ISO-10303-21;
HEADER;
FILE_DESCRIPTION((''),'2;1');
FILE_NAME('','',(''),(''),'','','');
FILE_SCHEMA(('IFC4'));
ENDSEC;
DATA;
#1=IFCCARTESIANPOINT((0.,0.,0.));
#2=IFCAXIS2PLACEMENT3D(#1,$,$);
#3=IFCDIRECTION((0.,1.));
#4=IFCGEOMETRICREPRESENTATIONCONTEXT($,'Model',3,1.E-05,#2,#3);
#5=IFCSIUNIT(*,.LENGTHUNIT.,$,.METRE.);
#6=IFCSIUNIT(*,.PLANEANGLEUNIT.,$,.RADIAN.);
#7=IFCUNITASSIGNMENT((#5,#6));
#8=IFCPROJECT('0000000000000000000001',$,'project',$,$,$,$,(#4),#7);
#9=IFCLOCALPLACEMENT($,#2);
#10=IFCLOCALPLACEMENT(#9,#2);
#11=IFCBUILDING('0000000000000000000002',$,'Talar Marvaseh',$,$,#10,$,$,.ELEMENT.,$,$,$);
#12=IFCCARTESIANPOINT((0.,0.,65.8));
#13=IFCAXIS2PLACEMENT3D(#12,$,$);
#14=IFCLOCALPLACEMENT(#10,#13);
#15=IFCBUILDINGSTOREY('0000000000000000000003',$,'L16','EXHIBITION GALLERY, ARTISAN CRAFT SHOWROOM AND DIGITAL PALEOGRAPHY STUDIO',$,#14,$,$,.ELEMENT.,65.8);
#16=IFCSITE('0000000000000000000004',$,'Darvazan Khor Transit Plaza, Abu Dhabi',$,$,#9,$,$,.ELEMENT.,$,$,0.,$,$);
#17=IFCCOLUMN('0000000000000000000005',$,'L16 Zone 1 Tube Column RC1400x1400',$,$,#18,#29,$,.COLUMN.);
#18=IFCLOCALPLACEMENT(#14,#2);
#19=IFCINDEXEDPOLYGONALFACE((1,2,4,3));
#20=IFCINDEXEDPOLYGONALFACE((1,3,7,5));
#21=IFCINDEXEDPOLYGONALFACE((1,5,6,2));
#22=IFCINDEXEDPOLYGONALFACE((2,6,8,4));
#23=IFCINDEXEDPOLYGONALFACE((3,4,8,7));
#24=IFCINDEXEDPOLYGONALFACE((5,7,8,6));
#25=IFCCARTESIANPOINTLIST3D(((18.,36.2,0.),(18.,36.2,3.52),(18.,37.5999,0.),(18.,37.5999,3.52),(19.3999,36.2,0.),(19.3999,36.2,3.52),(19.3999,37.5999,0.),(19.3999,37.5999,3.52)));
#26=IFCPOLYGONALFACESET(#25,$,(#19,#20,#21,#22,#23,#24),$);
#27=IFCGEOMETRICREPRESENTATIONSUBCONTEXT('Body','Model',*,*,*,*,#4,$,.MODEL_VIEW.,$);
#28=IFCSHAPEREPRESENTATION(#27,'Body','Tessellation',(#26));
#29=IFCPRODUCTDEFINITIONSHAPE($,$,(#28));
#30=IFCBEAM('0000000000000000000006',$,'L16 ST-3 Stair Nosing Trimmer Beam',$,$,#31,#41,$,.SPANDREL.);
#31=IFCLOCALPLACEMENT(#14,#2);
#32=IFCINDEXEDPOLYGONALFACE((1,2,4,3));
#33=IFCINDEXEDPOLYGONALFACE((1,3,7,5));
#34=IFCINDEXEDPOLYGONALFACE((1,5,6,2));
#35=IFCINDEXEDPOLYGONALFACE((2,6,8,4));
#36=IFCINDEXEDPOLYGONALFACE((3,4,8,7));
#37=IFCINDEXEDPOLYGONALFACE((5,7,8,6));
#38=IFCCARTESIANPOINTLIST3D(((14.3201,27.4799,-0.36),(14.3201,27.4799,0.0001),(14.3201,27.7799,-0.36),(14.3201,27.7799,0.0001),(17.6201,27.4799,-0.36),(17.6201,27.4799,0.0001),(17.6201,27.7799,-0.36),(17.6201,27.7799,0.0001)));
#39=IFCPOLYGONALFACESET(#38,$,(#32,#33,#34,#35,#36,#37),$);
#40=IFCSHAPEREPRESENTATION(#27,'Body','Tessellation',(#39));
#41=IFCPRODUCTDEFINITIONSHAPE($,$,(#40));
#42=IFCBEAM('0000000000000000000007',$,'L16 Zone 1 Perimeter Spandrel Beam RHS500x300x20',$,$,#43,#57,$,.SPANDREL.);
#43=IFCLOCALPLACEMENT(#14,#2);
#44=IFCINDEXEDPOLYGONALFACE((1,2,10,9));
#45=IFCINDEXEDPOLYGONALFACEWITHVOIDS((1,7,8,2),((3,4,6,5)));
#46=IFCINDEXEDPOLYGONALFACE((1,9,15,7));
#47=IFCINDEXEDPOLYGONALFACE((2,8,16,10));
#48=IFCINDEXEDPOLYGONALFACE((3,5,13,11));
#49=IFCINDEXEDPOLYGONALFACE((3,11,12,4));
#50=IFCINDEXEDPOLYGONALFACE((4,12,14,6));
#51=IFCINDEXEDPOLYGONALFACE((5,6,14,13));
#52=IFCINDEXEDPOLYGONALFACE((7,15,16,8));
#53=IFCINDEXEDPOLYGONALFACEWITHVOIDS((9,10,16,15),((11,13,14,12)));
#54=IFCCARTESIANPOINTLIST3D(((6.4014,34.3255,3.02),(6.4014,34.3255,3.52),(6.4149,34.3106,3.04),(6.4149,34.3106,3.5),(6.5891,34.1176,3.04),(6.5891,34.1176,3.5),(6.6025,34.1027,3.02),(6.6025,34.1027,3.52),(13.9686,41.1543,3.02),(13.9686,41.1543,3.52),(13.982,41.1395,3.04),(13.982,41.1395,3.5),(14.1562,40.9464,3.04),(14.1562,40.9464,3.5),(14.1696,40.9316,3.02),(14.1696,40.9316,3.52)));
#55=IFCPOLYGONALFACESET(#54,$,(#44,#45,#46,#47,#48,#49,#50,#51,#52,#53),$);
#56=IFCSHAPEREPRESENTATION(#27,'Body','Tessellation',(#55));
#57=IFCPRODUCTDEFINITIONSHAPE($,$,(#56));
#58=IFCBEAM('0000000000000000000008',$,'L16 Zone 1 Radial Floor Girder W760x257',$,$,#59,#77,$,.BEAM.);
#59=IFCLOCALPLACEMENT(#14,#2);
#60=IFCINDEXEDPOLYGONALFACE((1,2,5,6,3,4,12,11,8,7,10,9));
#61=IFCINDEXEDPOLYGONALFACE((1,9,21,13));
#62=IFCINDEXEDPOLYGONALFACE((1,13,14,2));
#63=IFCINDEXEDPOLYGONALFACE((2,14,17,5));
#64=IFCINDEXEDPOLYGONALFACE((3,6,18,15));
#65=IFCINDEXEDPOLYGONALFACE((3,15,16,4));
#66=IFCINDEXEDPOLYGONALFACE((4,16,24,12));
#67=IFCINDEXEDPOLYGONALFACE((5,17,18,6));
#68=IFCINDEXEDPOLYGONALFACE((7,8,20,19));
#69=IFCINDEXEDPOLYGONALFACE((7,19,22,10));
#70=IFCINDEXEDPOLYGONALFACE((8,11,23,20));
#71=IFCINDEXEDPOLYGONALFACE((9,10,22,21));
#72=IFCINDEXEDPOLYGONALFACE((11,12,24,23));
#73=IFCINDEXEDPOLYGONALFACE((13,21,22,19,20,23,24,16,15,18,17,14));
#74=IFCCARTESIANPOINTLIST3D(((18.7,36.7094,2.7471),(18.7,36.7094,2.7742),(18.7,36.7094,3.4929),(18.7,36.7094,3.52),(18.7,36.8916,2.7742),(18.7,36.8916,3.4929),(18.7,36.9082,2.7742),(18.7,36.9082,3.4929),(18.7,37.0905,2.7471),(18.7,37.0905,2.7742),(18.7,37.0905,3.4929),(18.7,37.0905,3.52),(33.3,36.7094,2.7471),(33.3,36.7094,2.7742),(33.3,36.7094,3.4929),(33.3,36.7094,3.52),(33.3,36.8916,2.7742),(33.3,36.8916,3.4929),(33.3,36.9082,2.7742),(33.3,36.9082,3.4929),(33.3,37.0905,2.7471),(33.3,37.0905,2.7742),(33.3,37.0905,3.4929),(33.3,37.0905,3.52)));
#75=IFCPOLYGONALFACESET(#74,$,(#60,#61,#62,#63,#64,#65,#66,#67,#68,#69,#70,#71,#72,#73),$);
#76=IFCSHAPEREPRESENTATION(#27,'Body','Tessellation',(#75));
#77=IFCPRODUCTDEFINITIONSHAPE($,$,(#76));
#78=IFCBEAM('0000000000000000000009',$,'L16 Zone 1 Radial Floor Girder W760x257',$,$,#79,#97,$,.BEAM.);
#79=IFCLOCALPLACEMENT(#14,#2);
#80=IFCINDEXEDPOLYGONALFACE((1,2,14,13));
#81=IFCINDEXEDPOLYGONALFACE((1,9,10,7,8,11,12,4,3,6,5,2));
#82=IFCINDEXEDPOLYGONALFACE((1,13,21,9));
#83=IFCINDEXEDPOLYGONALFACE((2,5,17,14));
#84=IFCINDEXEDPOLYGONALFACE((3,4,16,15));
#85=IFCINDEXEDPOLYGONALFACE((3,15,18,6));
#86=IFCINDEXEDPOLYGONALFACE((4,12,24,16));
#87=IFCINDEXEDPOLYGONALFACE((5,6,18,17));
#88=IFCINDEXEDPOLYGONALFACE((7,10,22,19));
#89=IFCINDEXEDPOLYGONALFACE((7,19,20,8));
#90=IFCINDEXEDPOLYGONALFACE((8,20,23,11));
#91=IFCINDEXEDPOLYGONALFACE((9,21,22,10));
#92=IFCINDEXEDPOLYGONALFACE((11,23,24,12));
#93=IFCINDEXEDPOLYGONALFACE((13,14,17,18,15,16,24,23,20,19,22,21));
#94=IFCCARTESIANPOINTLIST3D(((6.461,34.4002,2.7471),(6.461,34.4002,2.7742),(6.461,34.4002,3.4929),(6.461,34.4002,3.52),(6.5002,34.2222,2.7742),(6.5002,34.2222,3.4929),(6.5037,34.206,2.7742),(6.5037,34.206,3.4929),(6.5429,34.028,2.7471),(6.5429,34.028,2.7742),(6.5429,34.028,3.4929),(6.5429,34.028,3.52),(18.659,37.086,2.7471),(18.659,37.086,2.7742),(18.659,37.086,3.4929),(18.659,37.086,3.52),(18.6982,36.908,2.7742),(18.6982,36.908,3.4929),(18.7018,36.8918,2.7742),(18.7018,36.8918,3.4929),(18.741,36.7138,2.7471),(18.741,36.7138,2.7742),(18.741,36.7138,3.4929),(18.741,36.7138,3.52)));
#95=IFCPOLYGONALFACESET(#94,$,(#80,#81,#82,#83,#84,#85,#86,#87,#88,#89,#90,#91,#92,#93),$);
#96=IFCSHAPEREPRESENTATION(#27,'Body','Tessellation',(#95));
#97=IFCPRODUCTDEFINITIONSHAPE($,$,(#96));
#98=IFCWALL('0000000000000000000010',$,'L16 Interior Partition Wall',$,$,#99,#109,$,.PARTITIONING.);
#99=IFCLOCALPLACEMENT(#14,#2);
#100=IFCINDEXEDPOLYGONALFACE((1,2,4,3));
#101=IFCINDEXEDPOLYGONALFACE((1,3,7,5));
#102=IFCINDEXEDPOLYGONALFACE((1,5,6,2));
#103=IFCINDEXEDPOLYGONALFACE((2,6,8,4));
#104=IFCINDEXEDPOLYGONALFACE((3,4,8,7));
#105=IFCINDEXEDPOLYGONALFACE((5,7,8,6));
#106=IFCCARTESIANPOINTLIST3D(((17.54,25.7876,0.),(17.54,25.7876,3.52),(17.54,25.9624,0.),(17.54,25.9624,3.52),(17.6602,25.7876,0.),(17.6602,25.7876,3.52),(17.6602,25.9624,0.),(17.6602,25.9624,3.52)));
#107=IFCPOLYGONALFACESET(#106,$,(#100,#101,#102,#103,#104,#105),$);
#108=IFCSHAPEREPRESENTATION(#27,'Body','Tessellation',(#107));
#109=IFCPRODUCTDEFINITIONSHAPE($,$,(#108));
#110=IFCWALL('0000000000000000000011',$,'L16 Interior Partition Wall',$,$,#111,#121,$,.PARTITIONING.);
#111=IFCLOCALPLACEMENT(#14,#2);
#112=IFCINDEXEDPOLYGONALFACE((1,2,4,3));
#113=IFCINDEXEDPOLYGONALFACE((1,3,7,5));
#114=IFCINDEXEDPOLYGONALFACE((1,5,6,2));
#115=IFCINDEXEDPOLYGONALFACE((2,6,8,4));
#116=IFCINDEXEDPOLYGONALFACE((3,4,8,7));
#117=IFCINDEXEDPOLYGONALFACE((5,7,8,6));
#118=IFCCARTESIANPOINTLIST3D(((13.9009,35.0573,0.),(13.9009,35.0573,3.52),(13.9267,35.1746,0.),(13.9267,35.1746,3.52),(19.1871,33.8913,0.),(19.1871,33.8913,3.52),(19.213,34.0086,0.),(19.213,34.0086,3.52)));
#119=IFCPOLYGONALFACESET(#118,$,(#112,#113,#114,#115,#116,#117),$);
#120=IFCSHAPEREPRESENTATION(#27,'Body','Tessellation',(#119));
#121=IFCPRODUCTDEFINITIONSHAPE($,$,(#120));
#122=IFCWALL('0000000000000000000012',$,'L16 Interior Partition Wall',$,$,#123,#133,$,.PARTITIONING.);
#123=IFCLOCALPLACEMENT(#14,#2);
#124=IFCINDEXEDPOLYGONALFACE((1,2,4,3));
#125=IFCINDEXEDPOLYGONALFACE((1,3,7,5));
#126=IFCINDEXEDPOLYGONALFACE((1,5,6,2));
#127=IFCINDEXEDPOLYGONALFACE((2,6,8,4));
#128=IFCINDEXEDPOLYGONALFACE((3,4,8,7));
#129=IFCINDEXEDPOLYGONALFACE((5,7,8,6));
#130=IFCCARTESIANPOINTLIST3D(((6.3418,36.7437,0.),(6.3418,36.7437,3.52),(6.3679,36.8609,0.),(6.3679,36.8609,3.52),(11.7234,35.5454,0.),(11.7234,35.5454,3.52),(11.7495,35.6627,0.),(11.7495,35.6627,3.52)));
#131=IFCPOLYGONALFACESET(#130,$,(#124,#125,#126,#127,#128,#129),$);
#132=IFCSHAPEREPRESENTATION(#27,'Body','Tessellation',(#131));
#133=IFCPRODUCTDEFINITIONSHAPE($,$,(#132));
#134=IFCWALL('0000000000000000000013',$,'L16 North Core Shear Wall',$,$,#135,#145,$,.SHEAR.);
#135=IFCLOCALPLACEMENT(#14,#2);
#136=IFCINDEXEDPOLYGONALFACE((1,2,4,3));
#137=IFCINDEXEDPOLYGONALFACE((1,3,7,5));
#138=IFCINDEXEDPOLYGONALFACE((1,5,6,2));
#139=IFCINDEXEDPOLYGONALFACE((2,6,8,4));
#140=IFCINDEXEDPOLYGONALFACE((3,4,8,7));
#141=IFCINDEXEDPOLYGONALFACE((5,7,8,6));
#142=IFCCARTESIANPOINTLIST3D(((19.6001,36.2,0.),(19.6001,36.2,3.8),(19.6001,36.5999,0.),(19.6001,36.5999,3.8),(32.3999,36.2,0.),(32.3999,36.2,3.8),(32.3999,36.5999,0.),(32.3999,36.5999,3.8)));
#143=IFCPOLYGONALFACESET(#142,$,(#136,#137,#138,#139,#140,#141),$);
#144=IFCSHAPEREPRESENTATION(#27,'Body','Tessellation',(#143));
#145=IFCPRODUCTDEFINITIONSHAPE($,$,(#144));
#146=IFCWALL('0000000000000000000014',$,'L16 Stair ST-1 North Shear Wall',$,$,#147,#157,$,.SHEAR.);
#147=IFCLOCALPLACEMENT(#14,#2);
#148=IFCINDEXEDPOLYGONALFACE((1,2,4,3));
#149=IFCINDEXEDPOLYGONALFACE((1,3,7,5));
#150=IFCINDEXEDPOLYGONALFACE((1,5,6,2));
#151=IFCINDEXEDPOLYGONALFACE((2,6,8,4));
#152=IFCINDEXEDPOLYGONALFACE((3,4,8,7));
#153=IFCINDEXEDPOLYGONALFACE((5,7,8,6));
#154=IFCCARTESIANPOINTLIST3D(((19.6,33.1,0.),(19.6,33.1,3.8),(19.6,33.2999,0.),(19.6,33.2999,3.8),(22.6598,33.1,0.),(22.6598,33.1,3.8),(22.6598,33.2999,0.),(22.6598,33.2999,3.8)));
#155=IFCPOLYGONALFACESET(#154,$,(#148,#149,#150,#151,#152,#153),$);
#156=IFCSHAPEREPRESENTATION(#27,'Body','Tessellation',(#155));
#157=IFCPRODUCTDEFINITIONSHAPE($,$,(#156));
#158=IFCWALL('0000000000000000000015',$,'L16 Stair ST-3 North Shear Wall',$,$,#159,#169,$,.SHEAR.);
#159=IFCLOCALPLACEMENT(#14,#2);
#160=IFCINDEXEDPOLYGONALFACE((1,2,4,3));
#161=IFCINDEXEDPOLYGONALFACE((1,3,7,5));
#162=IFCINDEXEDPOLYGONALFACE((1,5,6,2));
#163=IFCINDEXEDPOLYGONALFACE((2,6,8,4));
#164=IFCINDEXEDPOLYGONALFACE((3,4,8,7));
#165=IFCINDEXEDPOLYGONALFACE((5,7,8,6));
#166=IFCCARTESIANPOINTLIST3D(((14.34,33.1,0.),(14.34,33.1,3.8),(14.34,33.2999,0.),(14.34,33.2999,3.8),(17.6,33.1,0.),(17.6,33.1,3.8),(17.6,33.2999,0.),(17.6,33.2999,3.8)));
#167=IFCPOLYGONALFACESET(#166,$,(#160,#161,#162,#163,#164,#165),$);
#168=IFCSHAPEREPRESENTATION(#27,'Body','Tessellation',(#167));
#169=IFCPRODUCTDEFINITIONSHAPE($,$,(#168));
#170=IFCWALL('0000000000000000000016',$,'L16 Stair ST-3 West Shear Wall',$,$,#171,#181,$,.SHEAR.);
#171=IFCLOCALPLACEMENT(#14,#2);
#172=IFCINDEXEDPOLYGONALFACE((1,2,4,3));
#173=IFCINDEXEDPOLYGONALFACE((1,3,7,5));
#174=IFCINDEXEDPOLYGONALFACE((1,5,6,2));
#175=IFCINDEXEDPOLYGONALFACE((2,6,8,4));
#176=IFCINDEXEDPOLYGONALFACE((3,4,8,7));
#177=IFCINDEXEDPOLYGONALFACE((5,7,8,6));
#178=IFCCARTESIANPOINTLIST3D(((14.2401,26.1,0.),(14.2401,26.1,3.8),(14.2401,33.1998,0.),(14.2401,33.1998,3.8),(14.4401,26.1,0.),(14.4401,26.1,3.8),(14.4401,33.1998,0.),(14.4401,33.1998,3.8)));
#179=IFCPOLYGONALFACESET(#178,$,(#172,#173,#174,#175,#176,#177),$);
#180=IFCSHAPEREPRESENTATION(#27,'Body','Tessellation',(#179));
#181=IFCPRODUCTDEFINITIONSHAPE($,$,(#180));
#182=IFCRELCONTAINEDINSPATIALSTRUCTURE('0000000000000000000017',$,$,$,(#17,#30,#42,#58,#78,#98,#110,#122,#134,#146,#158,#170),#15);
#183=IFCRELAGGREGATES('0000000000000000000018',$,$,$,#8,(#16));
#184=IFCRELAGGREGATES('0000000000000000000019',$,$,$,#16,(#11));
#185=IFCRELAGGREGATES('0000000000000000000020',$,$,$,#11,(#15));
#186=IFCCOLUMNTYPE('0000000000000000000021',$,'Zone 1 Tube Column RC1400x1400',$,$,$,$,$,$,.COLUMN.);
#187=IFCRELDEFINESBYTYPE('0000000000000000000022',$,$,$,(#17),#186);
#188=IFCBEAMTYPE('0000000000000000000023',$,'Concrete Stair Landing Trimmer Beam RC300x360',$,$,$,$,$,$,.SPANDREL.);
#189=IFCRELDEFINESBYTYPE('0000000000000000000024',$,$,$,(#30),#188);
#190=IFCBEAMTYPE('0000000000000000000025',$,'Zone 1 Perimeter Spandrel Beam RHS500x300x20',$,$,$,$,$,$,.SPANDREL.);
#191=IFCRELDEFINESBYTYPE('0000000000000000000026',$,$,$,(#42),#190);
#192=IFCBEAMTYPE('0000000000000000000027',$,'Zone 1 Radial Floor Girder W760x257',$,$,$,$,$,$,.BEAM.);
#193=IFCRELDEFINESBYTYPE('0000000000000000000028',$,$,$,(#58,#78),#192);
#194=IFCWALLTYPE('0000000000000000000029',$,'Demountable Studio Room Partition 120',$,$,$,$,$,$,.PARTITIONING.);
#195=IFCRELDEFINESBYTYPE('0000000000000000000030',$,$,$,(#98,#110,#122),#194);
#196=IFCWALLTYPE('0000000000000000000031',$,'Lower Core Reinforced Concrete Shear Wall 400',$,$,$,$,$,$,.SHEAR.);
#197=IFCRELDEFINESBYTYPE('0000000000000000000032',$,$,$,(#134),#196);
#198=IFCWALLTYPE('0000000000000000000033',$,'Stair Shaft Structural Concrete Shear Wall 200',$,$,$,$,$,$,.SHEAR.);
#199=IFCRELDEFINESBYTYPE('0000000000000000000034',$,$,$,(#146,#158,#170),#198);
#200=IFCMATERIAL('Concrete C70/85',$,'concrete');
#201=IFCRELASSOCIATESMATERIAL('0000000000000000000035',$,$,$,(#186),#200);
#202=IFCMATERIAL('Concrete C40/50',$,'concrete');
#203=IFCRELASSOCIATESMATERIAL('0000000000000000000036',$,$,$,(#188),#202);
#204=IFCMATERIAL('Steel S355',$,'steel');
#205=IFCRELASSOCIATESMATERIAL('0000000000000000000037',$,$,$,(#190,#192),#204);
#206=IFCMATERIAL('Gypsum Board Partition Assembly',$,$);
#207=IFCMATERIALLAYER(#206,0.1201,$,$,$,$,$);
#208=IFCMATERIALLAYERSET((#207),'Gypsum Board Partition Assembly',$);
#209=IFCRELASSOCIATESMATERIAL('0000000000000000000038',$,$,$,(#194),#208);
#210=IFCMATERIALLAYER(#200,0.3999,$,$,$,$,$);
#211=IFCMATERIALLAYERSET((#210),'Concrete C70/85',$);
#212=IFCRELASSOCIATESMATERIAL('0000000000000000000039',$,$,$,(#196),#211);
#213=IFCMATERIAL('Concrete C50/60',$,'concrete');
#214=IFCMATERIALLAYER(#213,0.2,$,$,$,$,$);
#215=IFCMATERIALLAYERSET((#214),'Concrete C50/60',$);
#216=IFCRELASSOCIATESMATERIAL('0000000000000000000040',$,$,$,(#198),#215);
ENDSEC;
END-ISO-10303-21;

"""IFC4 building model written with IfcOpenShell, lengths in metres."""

from ifc_helpers import new_model, si_unit, direction, frame, frame_2d, origin, origin_2d, place, context, subcontext, project, spatial, rectangle, hollow_rectangle, i_section, extrude, material, layer, layer_set, material_profile, profile_set, type_object, element, save


model = new_model("IFC4")

# Units and contexts
model_context = context("Model", 3, precision=1e-05, world=origin(), true_north=direction((0.0, 1.0)))
body_context = subcontext(model_context, "Body", "Model", "MODEL_VIEW")
ifc_project = project(units=[si_unit("LENGTHUNIT", "METRE"), si_unit("PLANEANGLEUNIT", "RADIAN")], contexts=[model_context])

# Site, building, storey
site_placement = place(None, origin())
site = spatial("IfcSite", under=ifc_project, at=site_placement, Name="Darvazan Khor Transit Plaza, Abu Dhabi", CompositionType="ELEMENT", RefElevation=0.0)
building_placement = place(site_placement, origin())
building = spatial("IfcBuilding", under=site, at=building_placement, Name="Talar Marvaseh", CompositionType="ELEMENT")
storey_placement = place(building_placement, frame((0.0, 0.0, 65.8)))
storey = spatial("IfcBuildingStorey", under=building, at=storey_placement, Name="L16", Description="EXHIBITION GALLERY, ARTISAN CRAFT SHOWROOM AND DIGITAL PALEOGRAPHY STUDIO", CompositionType="ELEMENT", Elevation=65.8)

# Column
ifc_material_1 = material(Name="Concrete C70/85", Category="concrete")
ifc_material_profile_1 = material_profile(ifc_material_1, rectangle(XDim=1.3999, YDim=1.3999, at=origin_2d()), Name="RC1400x1400")
ifc_profile_set_1 = profile_set([ifc_material_profile_1], Name="Concrete C70/85")
column_type = type_object("IfcColumnType", Name="Zone 1 Tube Column RC1400x1400", PredefinedType="COLUMN", material=ifc_profile_set_1)
column_placement = place(storey_placement, frame((18.7, 36.8999, 0.0), z_axis=(0.0, 0.0, 1.0), x_axis=(1.0, 0.0, 0.0)))
element("IfcColumn", 1, at=column_placement, inside=storey, type_object=column_type, Name="L16 Zone 1 Tube Column RC1400x1400", PredefinedType="COLUMN", context=body_context, shape_type="SweptSolid", body=[
    extrude(rectangle(XDim=1.3999, YDim=1.3999, at=origin_2d()), origin(), (0.0, 0.0, 1.0), 3.52),
])

# Beams
ifc_material_2 = material(Name="Concrete C40/50", Category="concrete")
ifc_material_profile_2 = material_profile(ifc_material_2, rectangle(XDim=0.3, YDim=0.3601, at=origin_2d()), Name="RC300x360")
ifc_profile_set_2 = profile_set([ifc_material_profile_2], Name="Concrete C40/50")
beam_type_1 = type_object("IfcBeamType", Name="Concrete Stair Landing Trimmer Beam RC300x360", PredefinedType="SPANDREL", material=ifc_profile_set_2)
beam_1_placement = place(storey_placement, frame((17.6201, 27.6299, -0.1799), z_axis=(-1.0, 0.0, 0.0), x_axis=(0.0, -1.0, 0.0)))
element("IfcBeam", 2, at=beam_1_placement, inside=storey, type_object=beam_type_1, Name="L16 ST-3 Stair Nosing Trimmer Beam", PredefinedType="SPANDREL", context=body_context, shape_type="SweptSolid", body=[
    extrude(rectangle(XDim=0.3, YDim=0.3601, at=origin_2d()), origin(), (0.0, 0.0, 1.0), 3.3),
])
ifc_material_3 = material(Name="Steel S355", Category="steel")
ifc_material_profile_3 = material_profile(ifc_material_3, hollow_rectangle(XDim=0.3, YDim=0.5, WallThickness=0.02, at=origin_2d()), Name="RHS500x300x20")
ifc_profile_set_3 = profile_set([ifc_material_profile_3], Name="Steel S355")
beam_type_2 = type_object("IfcBeamType", Name="Zone 1 Perimeter Spandrel Beam RHS500x300x20", PredefinedType="SPANDREL", material=ifc_profile_set_3)
beam_2_placement = place(storey_placement, frame((6.502, 34.2141, 3.27), z_axis=(0.742394, 0.669963, 0.0), x_axis=(-0.669963, 0.742394, 0.0)))
element("IfcBeam", 3, at=beam_2_placement, inside=storey, type_object=beam_type_2, Name="L16 Zone 1 Perimeter Spandrel Beam RHS500x300x20", PredefinedType="SPANDREL", context=body_context, shape_type="SweptSolid", body=[
    extrude(hollow_rectangle(XDim=0.3, YDim=0.5, WallThickness=0.02, at=origin_2d()), origin(), (0.0, 0.0, 1.0), 10.1929),
])
ifc_material_profile_4 = material_profile(ifc_material_3, i_section(OverallWidth=0.3811, OverallDepth=0.7729, WebThickness=0.0166, FlangeThickness=0.0271, at=origin_2d()), Name="W760x257")
ifc_profile_set_4 = profile_set([ifc_material_profile_4], Name="Steel S355")
beam_type_3 = type_object("IfcBeamType", Name="Zone 1 Radial Floor Girder W760x257", PredefinedType="BEAM", material=ifc_profile_set_4)
beam_3_placement = place(storey_placement, frame((18.7, 36.8999, 3.1335), z_axis=(1.0, 0.0, 0.0), x_axis=(0.0, 1.0, 0.0)))
element("IfcBeam", 4, at=beam_3_placement, inside=storey, type_object=beam_type_3, Name="L16 Zone 1 Radial Floor Girder W760x257", PredefinedType="BEAM", context=body_context, shape_type="SweptSolid", body=[
    extrude(i_section(OverallWidth=0.3811, OverallDepth=0.7729, WebThickness=0.0166, FlangeThickness=0.0271, at=origin_2d()), origin(), (0.0, 0.0, 1.0), 14.6001),
])
beam_4_placement = place(storey_placement, frame((6.502, 34.2141, 3.1335), z_axis=(0.976607, 0.215032, 0.0), x_axis=(-0.215032, 0.976607, 0.0)))
element("IfcBeam", 5, at=beam_4_placement, inside=storey, type_object=beam_type_3, Name="L16 Zone 1 Radial Floor Girder W760x257", PredefinedType="BEAM", context=body_context, shape_type="SweptSolid", body=[
    extrude(i_section(OverallWidth=0.3811, OverallDepth=0.7729, WebThickness=0.0166, FlangeThickness=0.0271, at=origin_2d()), origin(), (0.0, 0.0, 1.0), 12.4902),
])

# Walls
ifc_material_4 = material(Name="Gypsum Board Partition Assembly")
ifc_layer_1 = layer(ifc_material_4, 0.1201)
ifc_layer_set_1 = layer_set([ifc_layer_1], Name="Gypsum Board Partition Assembly")
wall_type_1 = type_object("IfcWallType", Name="Demountable Studio Room Partition 120", PredefinedType="PARTITIONING", material=ifc_layer_set_1)
wall_1_placement = place(storey_placement, frame((17.6001, 25.9624, 0.0), z_axis=(0.0, 0.0, 1.0), x_axis=(0.0, -1.0, 0.0)))
element("IfcWall", 6, at=wall_1_placement, inside=storey, type_object=wall_type_1, Name="L16 Interior Partition Wall", PredefinedType="PARTITIONING", context=body_context, shape_type="SweptSolid", body=[
    extrude(rectangle(XDim=0.1748, YDim=0.1201, at=frame_2d((0.0874, 0.0))), origin(), (0.0, 0.0, 1.0), 3.52),
])
wall_2_placement = place(storey_placement, frame((19.2, 33.95, 0.0), z_axis=(0.0, 0.0, 1.0), x_axis=(-0.976528, 0.215393, 0.0)))
element("IfcWall", 7, at=wall_2_placement, inside=storey, type_object=wall_type_1, Name="L16 Interior Partition Wall", PredefinedType="PARTITIONING", context=body_context, shape_type="SweptSolid", body=[
    extrude(rectangle(XDim=5.4133, YDim=0.1201, at=frame_2d((2.7065, 0.0))), origin(), (0.0, 0.0, 1.0), 3.52),
])
wall_3_placement = place(storey_placement, frame((11.7366, 35.604, 0.0), z_axis=(0.0, 0.0, 1.0), x_axis=(-0.976097, 0.217334, 0.0)))
element("IfcWall", 8, at=wall_3_placement, inside=storey, type_object=wall_type_1, Name="L16 Interior Partition Wall", PredefinedType="PARTITIONING", context=body_context, shape_type="SweptSolid", body=[
    extrude(rectangle(XDim=5.5134, YDim=0.1201, at=frame_2d((2.7568, 0.0))), origin(), (0.0, 0.0, 1.0), 3.52),
])
ifc_layer_2 = layer(ifc_material_1, 0.3999)
ifc_layer_set_2 = layer_set([ifc_layer_2], Name="Concrete C70/85")
wall_type_2 = type_object("IfcWallType", Name="Lower Core Reinforced Concrete Shear Wall 400", PredefinedType="SHEAR", material=ifc_layer_set_2)
wall_4_placement = place(storey_placement, frame((19.6001, 36.3999, 0.0), z_axis=(0.0, 0.0, 1.0), x_axis=(1.0, 0.0, 0.0)))
element("IfcWall", 9, at=wall_4_placement, inside=storey, type_object=wall_type_2, Name="L16 North Core Shear Wall", PredefinedType="SHEAR", context=body_context, shape_type="SweptSolid", body=[
    extrude(rectangle(XDim=12.7998, YDim=0.3999, at=frame_2d((6.3999, 0.0))), origin(), (0.0, 0.0, 1.0), 3.8),
])
ifc_material_5 = material(Name="Concrete C50/60", Category="concrete")
ifc_layer_3 = layer(ifc_material_5, 0.2)
ifc_layer_set_3 = layer_set([ifc_layer_3], Name="Concrete C50/60")
wall_type_3 = type_object("IfcWallType", Name="Stair Shaft Structural Concrete Shear Wall 200", PredefinedType="SHEAR", material=ifc_layer_set_3)
wall_5_placement = place(storey_placement, frame((19.6001, 33.2, 0.0), z_axis=(0.0, 0.0, 1.0), x_axis=(1.0, 0.0, 0.0)))
element("IfcWall", 10, at=wall_5_placement, inside=storey, type_object=wall_type_3, Name="L16 Stair ST-1 North Shear Wall", PredefinedType="SHEAR", context=body_context, shape_type="SweptSolid", body=[
    extrude(rectangle(XDim=3.0598, YDim=0.2, at=frame_2d((1.5298, 0.0))), origin(), (0.0, 0.0, 1.0), 3.8),
])

# Walls
wall_6_placement = place(storey_placement, frame((14.3401, 33.2, 0.0), z_axis=(0.0, 0.0, 1.0), x_axis=(1.0, 0.0, 0.0)))
element("IfcWall", 11, at=wall_6_placement, inside=storey, type_object=wall_type_3, Name="L16 Stair ST-3 North Shear Wall", PredefinedType="SHEAR", context=body_context, shape_type="SweptSolid", body=[
    extrude(rectangle(XDim=3.26, YDim=0.2, at=frame_2d((1.6299, 0.0))), origin(), (0.0, 0.0, 1.0), 3.8),
])
for number, where, z_axis, x_axis, name in (
    (12, (14.3401, 26.1001, 0.0), (0.0, 0.0, 1.0), (0.0, 1.0, 0.0), "L16 Stair ST-3 West Shear Wall"),
):
    element("IfcWall", number, at=place(storey_placement, frame(where, z_axis=z_axis, x_axis=x_axis)), inside=storey, type_object=wall_type_3, Name=name, PredefinedType="SHEAR", context=body_context, shape_type="SweptSolid", body=[
        extrude(rectangle(XDim=7.0999, YDim=0.2, at=frame_2d((3.5498, 0.0))), origin(), (0.0, 0.0, 1.0), 3.8),
    ])

save(model, "model.ifc")
